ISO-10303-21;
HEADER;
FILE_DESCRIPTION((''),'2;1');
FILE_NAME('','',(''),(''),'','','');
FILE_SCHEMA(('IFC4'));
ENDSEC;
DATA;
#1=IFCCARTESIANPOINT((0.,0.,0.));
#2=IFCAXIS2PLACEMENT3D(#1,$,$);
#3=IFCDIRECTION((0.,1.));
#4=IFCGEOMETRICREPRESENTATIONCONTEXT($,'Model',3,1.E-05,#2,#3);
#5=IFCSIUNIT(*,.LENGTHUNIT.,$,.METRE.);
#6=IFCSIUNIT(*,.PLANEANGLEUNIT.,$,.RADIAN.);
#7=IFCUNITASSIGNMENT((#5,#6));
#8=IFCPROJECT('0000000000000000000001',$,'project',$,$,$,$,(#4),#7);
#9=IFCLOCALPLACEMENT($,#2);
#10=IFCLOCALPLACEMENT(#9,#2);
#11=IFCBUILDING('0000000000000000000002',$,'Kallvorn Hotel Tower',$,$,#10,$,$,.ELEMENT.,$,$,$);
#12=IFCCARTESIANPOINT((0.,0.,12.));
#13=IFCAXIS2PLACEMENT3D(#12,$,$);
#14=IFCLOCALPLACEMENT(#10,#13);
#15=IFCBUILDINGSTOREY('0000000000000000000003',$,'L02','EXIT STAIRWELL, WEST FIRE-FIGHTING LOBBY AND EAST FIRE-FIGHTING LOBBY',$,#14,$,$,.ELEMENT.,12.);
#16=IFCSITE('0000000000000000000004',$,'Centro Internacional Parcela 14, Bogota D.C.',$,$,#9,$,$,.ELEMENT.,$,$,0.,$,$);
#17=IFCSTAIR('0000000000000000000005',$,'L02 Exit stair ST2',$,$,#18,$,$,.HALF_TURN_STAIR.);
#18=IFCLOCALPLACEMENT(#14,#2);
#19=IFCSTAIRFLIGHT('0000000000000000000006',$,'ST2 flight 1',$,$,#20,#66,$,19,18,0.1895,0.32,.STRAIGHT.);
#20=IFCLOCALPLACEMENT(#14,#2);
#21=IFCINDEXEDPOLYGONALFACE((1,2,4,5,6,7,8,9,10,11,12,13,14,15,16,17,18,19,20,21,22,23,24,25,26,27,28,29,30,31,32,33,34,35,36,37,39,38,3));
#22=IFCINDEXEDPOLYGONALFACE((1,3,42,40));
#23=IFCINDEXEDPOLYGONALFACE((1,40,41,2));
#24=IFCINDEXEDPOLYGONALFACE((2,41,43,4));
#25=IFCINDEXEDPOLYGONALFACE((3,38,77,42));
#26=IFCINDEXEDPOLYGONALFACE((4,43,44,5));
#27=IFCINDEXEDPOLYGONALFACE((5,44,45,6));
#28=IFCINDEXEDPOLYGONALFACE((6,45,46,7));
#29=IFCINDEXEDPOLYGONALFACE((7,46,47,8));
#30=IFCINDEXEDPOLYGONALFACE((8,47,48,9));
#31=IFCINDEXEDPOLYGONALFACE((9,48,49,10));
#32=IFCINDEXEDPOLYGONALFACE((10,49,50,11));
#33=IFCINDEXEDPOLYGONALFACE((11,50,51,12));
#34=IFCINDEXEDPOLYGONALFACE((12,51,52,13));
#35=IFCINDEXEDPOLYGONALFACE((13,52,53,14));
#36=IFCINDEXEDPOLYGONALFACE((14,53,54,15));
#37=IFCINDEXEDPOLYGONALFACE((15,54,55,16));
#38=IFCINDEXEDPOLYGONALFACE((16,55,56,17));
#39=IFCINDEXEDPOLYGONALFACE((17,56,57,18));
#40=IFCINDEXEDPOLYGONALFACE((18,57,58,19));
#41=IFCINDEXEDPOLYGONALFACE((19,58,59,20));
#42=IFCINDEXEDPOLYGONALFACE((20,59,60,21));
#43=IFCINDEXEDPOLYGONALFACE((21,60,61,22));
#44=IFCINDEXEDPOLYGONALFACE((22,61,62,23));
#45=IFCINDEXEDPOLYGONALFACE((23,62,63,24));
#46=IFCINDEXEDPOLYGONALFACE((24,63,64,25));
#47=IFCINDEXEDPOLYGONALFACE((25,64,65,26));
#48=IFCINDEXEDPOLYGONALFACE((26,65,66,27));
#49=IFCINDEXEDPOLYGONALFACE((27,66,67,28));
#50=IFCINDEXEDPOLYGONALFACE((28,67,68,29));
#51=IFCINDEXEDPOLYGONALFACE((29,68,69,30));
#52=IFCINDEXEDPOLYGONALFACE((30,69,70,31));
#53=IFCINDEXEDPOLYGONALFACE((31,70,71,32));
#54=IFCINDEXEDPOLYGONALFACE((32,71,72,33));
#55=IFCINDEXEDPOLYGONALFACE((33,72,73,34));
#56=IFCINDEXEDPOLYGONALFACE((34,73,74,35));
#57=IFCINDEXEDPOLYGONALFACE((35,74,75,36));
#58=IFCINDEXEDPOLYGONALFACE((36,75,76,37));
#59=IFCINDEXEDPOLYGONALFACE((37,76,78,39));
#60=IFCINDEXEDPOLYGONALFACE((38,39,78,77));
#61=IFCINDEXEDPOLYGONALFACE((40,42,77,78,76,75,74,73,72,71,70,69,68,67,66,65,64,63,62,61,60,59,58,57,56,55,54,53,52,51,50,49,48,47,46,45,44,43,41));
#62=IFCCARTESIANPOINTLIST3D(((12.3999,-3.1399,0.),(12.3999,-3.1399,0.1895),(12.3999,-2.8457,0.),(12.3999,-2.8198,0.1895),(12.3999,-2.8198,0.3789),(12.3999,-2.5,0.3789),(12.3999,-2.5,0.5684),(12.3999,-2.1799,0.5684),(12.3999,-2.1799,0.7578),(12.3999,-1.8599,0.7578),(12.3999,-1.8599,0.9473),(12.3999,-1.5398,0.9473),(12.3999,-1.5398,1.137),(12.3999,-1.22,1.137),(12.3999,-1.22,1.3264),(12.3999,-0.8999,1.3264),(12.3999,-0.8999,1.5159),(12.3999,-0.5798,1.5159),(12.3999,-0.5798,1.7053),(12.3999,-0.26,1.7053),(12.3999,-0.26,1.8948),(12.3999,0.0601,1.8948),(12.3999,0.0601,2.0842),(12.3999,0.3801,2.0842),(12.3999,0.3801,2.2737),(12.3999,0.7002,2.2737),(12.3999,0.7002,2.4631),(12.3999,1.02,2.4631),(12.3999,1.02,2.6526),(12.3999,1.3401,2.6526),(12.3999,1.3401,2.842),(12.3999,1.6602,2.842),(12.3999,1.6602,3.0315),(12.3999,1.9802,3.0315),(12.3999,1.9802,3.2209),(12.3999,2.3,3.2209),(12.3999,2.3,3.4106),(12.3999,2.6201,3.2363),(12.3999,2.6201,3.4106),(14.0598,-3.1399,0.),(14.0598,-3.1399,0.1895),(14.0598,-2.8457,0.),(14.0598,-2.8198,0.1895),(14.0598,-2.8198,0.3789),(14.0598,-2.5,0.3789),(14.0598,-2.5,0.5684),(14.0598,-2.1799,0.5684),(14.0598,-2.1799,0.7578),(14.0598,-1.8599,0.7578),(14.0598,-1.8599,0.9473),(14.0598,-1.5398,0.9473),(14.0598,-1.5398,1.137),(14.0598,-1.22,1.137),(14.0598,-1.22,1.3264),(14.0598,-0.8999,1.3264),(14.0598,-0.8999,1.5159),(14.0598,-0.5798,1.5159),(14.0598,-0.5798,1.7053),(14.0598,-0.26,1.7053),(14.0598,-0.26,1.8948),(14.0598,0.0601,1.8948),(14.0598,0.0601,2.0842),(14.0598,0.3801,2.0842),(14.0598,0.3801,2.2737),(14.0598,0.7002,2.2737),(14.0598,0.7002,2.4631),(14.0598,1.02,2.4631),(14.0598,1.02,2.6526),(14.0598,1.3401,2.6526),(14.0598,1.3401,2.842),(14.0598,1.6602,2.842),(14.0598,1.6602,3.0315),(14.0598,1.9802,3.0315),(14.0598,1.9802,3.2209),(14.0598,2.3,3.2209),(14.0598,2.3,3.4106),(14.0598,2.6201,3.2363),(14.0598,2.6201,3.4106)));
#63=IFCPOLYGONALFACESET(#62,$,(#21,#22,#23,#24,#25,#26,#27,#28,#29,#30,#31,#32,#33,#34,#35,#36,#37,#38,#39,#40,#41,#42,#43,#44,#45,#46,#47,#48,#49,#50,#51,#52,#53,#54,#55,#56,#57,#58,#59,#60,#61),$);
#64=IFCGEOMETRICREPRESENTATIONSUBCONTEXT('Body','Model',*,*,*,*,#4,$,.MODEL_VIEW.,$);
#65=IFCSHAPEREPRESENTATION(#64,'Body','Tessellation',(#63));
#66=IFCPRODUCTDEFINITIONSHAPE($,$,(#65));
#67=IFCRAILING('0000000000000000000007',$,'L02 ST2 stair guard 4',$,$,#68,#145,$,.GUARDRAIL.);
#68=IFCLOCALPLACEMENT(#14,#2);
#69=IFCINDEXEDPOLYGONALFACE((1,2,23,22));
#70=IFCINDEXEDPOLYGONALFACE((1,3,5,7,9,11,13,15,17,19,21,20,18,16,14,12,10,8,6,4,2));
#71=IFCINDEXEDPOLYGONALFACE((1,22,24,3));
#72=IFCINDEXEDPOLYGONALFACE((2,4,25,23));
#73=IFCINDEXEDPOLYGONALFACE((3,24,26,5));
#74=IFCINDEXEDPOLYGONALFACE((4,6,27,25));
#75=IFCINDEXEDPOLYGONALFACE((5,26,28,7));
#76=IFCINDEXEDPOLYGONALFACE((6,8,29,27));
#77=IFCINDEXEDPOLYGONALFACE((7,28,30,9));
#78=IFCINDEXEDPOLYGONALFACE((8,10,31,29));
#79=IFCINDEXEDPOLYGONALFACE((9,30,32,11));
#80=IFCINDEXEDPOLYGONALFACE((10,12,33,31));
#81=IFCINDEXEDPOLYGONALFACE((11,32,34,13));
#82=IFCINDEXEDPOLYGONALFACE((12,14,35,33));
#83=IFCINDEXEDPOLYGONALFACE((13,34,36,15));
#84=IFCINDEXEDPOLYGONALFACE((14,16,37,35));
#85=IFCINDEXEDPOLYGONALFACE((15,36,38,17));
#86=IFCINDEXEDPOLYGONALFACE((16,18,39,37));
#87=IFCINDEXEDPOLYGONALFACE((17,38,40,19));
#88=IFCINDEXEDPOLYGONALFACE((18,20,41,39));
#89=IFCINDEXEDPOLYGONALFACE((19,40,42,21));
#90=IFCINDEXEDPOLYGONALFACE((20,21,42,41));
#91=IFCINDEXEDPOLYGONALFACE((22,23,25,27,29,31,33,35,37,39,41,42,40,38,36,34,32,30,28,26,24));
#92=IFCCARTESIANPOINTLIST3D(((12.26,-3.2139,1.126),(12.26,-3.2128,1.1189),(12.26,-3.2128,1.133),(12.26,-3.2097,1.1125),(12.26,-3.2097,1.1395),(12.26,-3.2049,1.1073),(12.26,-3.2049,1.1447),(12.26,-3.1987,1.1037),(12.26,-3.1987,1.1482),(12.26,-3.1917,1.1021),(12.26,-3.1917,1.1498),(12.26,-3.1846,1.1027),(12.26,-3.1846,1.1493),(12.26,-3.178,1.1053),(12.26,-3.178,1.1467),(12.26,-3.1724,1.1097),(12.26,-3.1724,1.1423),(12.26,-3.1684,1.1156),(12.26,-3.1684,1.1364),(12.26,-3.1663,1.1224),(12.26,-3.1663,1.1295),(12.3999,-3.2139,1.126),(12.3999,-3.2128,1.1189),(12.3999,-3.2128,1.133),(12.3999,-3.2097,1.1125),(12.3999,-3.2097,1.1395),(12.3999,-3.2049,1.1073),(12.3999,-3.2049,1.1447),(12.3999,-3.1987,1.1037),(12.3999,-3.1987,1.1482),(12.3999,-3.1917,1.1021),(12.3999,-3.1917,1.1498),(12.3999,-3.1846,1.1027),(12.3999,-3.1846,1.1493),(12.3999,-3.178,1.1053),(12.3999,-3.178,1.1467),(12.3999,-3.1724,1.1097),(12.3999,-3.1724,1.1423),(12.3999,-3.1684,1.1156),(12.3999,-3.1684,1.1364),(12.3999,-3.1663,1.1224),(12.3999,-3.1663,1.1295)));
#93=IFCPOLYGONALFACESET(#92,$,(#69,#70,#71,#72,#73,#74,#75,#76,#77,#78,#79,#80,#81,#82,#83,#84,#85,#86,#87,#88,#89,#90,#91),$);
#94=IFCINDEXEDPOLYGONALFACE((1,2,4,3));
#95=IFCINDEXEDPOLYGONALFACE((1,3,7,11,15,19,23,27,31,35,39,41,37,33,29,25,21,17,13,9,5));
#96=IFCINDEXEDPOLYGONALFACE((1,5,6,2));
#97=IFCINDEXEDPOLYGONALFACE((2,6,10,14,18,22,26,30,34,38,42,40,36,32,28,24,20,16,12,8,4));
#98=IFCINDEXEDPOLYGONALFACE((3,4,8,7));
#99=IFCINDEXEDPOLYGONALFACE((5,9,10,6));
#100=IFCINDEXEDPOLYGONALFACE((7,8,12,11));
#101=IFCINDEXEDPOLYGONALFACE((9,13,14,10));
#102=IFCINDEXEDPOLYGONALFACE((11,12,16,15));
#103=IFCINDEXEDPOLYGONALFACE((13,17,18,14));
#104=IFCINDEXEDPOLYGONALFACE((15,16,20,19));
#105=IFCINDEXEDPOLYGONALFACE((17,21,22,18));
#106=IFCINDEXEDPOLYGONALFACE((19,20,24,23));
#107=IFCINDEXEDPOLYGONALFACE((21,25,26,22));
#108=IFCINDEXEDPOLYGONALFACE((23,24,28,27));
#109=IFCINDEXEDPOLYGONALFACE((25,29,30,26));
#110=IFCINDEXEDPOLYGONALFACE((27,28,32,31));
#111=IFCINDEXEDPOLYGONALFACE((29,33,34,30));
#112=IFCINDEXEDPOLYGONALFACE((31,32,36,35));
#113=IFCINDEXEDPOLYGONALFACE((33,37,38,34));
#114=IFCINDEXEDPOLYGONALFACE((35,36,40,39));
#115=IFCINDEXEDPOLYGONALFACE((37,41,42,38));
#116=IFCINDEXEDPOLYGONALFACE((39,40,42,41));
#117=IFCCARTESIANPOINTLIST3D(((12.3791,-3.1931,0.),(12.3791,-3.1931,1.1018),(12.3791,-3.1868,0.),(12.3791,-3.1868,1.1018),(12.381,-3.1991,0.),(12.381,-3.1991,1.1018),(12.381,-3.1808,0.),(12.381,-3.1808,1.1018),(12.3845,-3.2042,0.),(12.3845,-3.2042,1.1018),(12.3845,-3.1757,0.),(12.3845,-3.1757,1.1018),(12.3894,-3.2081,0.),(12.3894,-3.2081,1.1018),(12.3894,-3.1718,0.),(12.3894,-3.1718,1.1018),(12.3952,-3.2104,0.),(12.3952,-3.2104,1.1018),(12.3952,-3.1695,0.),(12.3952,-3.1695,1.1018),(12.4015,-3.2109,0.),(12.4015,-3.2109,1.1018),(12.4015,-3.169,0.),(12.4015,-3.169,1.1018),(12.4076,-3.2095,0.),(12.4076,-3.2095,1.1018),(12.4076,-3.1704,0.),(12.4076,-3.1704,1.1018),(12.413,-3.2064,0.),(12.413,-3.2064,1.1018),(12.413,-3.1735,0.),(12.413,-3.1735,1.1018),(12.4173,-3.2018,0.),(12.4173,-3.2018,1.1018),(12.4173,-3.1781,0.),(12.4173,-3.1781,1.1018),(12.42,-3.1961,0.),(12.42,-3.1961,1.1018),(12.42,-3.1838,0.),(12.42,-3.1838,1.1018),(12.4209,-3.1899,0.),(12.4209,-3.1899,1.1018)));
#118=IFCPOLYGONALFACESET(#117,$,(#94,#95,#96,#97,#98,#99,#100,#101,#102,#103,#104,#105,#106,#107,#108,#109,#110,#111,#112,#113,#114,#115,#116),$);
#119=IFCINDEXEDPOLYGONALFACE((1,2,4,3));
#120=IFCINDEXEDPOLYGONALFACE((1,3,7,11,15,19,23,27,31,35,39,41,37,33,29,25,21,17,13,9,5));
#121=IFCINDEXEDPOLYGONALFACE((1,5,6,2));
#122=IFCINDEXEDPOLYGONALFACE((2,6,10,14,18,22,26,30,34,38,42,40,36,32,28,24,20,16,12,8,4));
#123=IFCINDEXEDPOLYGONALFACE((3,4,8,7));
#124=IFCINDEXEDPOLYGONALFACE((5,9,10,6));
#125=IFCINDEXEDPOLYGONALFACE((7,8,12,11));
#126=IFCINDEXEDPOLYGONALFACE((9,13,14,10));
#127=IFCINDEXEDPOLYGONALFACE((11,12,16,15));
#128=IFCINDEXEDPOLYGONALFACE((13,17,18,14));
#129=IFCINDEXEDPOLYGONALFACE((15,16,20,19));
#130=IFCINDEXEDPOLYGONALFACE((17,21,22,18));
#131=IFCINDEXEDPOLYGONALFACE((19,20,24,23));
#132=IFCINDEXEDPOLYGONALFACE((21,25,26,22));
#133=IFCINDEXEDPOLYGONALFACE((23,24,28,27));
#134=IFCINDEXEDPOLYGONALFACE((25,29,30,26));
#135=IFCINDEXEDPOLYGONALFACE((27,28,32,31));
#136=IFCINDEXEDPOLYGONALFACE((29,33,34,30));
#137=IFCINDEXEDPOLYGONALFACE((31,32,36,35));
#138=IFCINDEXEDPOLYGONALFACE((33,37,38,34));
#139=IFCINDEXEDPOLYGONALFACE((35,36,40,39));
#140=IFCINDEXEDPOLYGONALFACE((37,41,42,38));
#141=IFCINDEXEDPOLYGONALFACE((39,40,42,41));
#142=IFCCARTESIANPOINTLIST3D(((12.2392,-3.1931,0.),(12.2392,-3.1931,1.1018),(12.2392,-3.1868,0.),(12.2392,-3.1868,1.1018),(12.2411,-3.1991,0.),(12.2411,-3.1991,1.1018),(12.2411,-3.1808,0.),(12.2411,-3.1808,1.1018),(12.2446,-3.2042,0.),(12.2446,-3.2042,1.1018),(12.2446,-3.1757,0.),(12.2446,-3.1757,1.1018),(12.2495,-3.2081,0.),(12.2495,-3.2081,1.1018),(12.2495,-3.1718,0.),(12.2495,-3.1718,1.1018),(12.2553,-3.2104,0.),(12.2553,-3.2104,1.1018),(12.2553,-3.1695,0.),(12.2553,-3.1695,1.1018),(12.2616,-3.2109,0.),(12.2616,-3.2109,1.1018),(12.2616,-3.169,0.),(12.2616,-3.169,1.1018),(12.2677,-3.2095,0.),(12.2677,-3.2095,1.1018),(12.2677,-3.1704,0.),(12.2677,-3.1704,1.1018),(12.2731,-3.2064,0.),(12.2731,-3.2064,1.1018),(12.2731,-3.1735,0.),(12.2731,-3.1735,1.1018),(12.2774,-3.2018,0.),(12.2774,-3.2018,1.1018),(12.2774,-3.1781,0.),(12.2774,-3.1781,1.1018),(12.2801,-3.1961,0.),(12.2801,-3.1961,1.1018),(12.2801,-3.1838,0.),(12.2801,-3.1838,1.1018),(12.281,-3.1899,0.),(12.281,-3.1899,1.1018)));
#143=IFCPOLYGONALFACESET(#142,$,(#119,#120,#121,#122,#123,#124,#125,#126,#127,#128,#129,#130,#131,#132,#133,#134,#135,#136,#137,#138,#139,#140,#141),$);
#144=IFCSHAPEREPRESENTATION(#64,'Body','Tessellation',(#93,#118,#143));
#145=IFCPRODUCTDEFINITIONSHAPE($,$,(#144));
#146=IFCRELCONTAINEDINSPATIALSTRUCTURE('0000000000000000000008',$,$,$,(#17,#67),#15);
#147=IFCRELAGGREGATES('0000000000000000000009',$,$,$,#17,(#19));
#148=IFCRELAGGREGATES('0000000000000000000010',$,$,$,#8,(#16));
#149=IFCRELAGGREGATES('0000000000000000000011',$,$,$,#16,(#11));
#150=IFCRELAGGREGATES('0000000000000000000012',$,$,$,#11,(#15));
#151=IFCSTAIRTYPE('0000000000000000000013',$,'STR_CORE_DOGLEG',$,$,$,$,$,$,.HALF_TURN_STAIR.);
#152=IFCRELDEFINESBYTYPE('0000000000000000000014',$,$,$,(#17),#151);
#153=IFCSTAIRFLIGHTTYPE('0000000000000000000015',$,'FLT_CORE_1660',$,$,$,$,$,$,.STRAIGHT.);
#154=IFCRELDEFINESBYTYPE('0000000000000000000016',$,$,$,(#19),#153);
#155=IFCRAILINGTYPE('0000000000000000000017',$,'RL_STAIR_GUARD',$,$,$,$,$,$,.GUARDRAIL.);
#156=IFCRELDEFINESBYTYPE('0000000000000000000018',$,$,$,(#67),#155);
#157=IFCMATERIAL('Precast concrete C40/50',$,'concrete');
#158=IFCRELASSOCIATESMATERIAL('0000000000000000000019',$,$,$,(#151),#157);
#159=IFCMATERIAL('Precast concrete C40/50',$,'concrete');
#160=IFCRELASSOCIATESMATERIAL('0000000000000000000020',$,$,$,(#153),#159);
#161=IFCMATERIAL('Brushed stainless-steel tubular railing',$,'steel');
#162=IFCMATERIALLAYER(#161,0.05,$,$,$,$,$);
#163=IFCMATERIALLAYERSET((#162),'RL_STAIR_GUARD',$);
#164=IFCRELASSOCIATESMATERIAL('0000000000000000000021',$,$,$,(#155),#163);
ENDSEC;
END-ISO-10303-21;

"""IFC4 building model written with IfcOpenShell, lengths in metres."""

from ifc_helpers import new_model, si_unit, direction, frame, origin, origin_2d, place, context, subcontext, project, spatial, polyline, circle, outline, extrude, material, layer, layer_set, type_object, element, aggregate, save


model = new_model("IFC4")

# Units and contexts
model_context = context("Model", 3, precision=1e-05, world=origin(), true_north=direction((0.0, 1.0)))
body_context = subcontext(model_context, "Body", "Model", "MODEL_VIEW")
ifc_project = project(units=[si_unit("LENGTHUNIT", "METRE"), si_unit("PLANEANGLEUNIT", "RADIAN")], contexts=[model_context])

# Site, building, storey
site_placement = place(None, origin())
site = spatial("IfcSite", under=ifc_project, at=site_placement, Name="Centro Internacional Parcela 14, Bogota D.C.", CompositionType="ELEMENT", RefElevation=0.0)
building_placement = place(site_placement, origin())
building = spatial("IfcBuilding", under=site, at=building_placement, Name="Kallvorn Hotel Tower", CompositionType="ELEMENT")
storey_placement = place(building_placement, frame((0.0, 0.0, 12.0)))
storey = spatial("IfcBuildingStorey", under=building, at=storey_placement, Name="L02", Description="EXIT STAIRWELL, WEST FIRE-FIGHTING LOBBY AND EAST FIRE-FIGHTING LOBBY", CompositionType="ELEMENT", Elevation=12.0)

# Stair, stair flight
ifc_material_1 = material(Name="Precast concrete C40/50", Category="concrete")
stair_type = type_object("IfcStairType", Name="STR_CORE_DOGLEG", PredefinedType="HALF_TURN_STAIR", material=ifc_material_1)
stair_placement = place(storey_placement, origin())
stair = element("IfcStair", 1, at=stair_placement, inside=storey, type_object=stair_type, Name="L02 Exit stair ST2", PredefinedType="HALF_TURN_STAIR")
ifc_material_2 = material(Name="Precast concrete C40/50", Category="concrete")
stair_flight_type = type_object("IfcStairFlightType", Name="FLT_CORE_1660", PredefinedType="STRAIGHT", material=ifc_material_2)
stair_flight_placement = place(storey_placement, frame((13.23, -3.1399, 0.0), z_axis=(0.0, 0.0, 1.0), x_axis=(0.0, 1.0, 0.0)))
stair_flight = element("IfcStairFlight", 2, at=stair_flight_placement, type_object=stair_flight_type, Name="ST2 flight 1", NumberOfRisers=19, NumberOfTreads=18, PredefinedType="STRAIGHT", RiserHeight=0.1895, TreadLength=0.32, context=body_context, shape_type="SweptSolid", body=[
    extrude(outline(polyline([(0.0, 0.0), (0.0, 0.1895), (0.3201, 0.1895), (0.3201, 0.3789), (0.6399, 0.3789), (0.6399, 0.5684), (0.96, 0.5684), (0.96, 0.7578), (1.28, 0.7578), (1.28, 0.9473), (1.6001, 0.9473), (1.6001, 1.137), (1.9199, 1.137), (1.9199, 1.3264), (2.24, 1.3264), (2.24, 1.5159), (2.5601, 1.5159), (2.5601, 1.7053), (2.8799, 1.7053), (2.8799, 1.8948), (3.2, 1.8948), (3.2, 2.0842), (3.52, 2.0842), (3.52, 2.2737), (3.8401, 2.2737), (3.8401, 2.4631), (4.1599, 2.4631), (4.1599, 2.6526), (4.48, 2.6526), (4.48, 2.842), (4.8, 2.842), (4.8, 3.0315), (5.1201, 3.0315), (5.1201, 3.2209), (5.4399, 3.2209), (5.4399, 3.4106), (5.76, 3.4106), (5.76, 3.6001), (5.76, 3.2363), (0.2942, 0.0), (0.0, 0.0)])), frame((0.0, 0.8301, 0.0), z_axis=(0.0, -1.0, 0.0), x_axis=(1.0, 0.0, 0.0)), (0.0, 0.0, 1.0), 1.6599),
])
aggregate(stair, [stair_flight])

# Railing
ifc_material_3 = material(Name="Brushed stainless-steel tubular railing", Category="steel")
ifc_layer_1 = layer(ifc_material_3, 0.05)
ifc_layer_set_1 = layer_set([ifc_layer_1], Name="RL_STAIR_GUARD")
railing_type_1 = type_object("IfcRailingType", Name="RL_STAIR_GUARD", PredefinedType="GUARDRAIL", material=ifc_layer_set_1)
railing_1_placement = place(storey_placement, frame((12.3999, -3.1899, 0.0)))
element("IfcRailing", 3, at=railing_1_placement, inside=storey, type_object=railing_type_1, Name="L02 ST2 stair guard 4", PredefinedType="GUARDRAIL", context=body_context, shape_type="SweptSolid", body=[
    extrude(circle(Radius=0.0239, at=origin_2d()), frame((0.0, 0.0, 1.126), z_axis=(-1.0, 0.0, 0.0), x_axis=(0.0, -1.0, 0.0)), (0.0, 0.0, 1.0), 0.1399),
    extrude(circle(Radius=0.021, at=origin_2d()), origin(), (0.0, 0.0, 1.0), 1.1018),
    extrude(circle(Radius=0.021, at=origin_2d()), frame((-0.1399, 0.0, 0.0)), (0.0, 0.0, 1.0), 1.1018),
])

save(model, "model.ifc")
